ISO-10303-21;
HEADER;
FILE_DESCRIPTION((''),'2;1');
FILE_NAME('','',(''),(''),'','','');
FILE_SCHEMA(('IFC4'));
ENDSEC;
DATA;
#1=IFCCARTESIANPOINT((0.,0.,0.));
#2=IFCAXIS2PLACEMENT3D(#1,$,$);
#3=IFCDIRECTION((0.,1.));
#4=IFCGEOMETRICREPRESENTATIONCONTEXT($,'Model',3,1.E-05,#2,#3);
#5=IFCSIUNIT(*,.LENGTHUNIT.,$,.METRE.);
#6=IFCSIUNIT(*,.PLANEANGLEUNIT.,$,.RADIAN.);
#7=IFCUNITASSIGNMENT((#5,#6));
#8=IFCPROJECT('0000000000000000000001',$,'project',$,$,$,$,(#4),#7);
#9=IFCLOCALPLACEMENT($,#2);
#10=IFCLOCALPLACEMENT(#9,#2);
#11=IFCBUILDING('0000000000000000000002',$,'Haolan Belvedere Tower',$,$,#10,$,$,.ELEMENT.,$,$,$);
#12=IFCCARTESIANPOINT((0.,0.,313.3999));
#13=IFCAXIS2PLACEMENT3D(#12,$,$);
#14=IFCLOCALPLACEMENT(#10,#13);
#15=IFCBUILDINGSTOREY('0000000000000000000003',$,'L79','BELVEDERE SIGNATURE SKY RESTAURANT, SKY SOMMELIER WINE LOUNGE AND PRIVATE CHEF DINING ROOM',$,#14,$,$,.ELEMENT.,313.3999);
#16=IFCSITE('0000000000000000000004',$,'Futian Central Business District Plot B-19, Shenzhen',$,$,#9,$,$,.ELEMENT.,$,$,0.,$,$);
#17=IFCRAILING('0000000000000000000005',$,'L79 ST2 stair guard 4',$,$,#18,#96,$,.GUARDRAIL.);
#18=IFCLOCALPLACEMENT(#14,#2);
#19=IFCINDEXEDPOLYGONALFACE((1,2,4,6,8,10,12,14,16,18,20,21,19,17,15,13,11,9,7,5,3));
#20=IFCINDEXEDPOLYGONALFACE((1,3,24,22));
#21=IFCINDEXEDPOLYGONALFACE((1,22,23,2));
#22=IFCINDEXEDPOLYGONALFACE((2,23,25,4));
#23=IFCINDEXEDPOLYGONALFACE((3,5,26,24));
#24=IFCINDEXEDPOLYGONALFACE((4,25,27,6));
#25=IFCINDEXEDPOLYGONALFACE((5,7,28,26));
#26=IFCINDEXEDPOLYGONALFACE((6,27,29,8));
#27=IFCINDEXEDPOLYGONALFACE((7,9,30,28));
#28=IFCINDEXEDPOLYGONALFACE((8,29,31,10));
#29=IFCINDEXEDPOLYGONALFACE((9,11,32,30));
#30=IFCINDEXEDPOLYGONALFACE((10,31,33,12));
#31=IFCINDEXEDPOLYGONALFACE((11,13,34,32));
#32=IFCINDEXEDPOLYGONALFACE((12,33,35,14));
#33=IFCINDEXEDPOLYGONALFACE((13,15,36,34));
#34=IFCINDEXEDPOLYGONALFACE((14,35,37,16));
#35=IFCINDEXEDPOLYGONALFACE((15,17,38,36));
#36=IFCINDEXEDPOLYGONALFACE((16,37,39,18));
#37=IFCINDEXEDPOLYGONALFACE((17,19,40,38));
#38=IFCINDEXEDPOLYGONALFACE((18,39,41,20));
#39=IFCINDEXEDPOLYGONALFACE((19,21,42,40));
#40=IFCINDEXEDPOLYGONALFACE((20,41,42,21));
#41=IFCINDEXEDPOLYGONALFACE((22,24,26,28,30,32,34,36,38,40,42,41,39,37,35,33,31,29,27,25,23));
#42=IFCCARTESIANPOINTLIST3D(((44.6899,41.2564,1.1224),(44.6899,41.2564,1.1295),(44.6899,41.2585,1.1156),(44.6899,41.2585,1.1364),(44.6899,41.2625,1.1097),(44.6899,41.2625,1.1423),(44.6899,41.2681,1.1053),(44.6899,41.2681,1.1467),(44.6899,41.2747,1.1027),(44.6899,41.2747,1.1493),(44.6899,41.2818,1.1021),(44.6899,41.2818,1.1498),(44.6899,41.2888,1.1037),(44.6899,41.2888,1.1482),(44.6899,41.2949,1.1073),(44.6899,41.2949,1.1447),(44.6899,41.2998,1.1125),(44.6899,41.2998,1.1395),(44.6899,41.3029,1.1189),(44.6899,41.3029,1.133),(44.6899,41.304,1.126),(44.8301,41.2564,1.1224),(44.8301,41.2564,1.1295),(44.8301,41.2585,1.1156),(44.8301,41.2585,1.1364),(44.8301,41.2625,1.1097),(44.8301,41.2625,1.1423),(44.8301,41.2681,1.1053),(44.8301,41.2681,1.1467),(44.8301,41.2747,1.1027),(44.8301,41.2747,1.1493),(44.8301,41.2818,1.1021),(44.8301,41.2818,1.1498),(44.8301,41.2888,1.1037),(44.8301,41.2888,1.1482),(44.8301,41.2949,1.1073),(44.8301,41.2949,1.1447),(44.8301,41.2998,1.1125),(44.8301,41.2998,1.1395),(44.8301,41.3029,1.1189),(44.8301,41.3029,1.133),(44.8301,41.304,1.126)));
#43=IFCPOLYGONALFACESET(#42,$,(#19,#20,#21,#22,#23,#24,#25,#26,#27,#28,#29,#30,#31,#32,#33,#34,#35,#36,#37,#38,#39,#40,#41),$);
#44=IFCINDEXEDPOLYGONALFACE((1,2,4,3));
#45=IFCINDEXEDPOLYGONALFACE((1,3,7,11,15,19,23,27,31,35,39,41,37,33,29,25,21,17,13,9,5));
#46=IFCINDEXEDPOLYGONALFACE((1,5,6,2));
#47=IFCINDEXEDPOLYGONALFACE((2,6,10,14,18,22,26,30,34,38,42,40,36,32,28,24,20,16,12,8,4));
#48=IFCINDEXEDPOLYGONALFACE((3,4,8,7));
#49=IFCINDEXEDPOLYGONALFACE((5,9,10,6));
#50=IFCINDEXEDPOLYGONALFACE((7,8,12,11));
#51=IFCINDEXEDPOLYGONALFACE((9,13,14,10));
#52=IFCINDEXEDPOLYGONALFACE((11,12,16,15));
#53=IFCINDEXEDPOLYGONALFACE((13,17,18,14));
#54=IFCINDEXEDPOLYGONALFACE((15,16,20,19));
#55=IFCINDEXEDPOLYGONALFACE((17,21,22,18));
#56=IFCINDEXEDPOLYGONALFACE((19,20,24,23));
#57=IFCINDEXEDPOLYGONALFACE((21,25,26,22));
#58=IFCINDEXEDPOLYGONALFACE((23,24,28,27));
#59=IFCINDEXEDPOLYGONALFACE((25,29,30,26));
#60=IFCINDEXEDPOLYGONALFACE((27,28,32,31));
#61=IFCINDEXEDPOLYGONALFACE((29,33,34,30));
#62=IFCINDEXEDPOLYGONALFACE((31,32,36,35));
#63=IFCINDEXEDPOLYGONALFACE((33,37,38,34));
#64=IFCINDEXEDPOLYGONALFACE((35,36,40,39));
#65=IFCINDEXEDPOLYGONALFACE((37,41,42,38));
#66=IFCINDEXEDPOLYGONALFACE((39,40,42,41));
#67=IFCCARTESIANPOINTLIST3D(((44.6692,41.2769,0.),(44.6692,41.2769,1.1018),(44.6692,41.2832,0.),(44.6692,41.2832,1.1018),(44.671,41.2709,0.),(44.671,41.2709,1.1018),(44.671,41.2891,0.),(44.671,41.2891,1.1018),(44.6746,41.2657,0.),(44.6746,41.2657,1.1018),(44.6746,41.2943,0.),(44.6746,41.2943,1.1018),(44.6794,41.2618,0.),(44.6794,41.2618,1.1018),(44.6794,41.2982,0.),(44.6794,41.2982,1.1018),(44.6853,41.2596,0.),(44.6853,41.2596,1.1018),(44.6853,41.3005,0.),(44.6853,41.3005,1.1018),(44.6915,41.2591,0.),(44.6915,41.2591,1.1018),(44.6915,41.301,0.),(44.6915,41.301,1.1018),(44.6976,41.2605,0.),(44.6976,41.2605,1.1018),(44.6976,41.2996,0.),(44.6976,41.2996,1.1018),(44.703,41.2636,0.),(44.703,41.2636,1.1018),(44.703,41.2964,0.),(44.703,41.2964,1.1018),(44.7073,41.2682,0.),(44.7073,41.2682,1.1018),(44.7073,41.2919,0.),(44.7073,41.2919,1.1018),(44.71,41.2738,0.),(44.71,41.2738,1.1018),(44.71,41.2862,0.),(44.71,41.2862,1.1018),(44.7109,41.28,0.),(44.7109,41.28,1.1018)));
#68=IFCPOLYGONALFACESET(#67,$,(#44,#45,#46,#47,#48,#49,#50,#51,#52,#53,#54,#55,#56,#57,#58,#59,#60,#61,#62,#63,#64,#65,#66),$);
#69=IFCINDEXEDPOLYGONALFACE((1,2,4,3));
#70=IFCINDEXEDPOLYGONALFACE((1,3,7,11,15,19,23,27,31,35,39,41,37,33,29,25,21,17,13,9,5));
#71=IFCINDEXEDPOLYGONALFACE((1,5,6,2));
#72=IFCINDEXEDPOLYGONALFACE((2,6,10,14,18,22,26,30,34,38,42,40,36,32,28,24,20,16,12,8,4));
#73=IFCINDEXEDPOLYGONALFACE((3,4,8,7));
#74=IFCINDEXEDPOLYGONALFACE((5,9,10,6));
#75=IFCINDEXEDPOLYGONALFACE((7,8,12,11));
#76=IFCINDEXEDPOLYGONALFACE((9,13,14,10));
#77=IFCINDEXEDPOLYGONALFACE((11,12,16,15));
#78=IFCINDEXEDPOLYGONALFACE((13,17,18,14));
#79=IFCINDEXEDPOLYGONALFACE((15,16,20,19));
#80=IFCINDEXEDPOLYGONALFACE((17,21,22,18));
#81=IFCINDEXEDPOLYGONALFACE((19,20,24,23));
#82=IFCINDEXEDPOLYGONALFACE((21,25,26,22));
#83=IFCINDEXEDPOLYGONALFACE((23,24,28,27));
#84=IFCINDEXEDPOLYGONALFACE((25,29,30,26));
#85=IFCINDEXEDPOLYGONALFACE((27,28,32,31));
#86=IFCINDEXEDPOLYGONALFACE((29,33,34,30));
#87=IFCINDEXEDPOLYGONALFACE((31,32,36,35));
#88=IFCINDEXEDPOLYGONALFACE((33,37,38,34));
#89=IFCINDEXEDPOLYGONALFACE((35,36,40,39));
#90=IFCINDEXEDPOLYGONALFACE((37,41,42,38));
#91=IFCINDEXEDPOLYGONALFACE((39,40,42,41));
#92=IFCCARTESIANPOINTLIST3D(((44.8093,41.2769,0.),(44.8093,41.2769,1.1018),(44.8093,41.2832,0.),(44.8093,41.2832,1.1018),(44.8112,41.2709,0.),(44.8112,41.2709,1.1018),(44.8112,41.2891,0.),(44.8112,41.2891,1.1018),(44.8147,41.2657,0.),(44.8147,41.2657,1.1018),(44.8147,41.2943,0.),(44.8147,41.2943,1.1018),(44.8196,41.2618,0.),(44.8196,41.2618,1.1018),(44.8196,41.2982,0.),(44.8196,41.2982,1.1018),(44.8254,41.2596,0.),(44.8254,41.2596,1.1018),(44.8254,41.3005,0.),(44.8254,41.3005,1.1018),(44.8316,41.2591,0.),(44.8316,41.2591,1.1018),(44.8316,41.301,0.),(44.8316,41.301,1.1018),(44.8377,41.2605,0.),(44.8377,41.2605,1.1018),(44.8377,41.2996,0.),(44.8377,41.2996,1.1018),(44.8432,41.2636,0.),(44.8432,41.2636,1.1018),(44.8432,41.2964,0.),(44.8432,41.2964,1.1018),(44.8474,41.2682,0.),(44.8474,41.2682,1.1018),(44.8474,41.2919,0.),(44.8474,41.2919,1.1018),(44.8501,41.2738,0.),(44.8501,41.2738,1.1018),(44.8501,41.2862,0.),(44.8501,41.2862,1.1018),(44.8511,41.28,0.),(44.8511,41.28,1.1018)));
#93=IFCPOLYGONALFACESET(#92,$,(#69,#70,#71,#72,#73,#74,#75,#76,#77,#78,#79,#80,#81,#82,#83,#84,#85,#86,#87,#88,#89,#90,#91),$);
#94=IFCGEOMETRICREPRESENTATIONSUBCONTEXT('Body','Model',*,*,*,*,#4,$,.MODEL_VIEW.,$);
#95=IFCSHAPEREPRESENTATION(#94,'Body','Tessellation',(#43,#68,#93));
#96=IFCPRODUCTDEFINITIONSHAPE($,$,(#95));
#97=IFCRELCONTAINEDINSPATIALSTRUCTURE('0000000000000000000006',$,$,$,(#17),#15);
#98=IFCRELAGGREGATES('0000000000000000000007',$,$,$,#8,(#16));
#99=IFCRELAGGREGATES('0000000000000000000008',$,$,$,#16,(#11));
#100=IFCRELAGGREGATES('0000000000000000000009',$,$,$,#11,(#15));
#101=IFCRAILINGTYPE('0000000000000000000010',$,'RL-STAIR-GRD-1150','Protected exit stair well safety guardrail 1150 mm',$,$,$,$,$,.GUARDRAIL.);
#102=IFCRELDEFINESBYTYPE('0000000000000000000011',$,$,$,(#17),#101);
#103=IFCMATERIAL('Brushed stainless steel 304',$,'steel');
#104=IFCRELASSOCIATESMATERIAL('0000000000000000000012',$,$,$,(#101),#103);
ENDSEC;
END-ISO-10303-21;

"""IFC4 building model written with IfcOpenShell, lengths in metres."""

from ifc_helpers import new_model, si_unit, direction, frame, origin, origin_2d, place, context, subcontext, project, spatial, circle, extrude, material, type_object, element, save


model = new_model("IFC4")

# Units and contexts
model_context = context("Model", 3, precision=1e-05, world=origin(), true_north=direction((0.0, 1.0)))
body_context = subcontext(model_context, "Body", "Model", "MODEL_VIEW")
ifc_project = project(units=[si_unit("LENGTHUNIT", "METRE"), si_unit("PLANEANGLEUNIT", "RADIAN")], contexts=[model_context])

# Site, building, storey
site_placement = place(None, origin())
site = spatial("IfcSite", under=ifc_project, at=site_placement, Name="Futian Central Business District Plot B-19, Shenzhen", CompositionType="ELEMENT", RefElevation=0.0)
building_placement = place(site_placement, origin())
building = spatial("IfcBuilding", under=site, at=building_placement, Name="Haolan Belvedere Tower", CompositionType="ELEMENT")
storey_placement = place(building_placement, frame((0.0, 0.0, 313.3999)))
storey = spatial("IfcBuildingStorey", under=building, at=storey_placement, Name="L79", Description="BELVEDERE SIGNATURE SKY RESTAURANT, SKY SOMMELIER WINE LOUNGE AND PRIVATE CHEF DINING ROOM", CompositionType="ELEMENT", Elevation=313.3999)

# Railing
ifc_material_1 = material(Name="Brushed stainless steel 304", Category="steel")
railing_type_1 = type_object("IfcRailingType", Name="RL-STAIR-GRD-1150", Description="Protected exit stair well safety guardrail 1150 mm", PredefinedType="GUARDRAIL", material=ifc_material_1)
railing_1_placement = place(storey_placement, frame((44.6899, 41.28, 0.0)))
element("IfcRailing", 1, at=railing_1_placement, inside=storey, type_object=railing_type_1, Name="L79 ST2 stair guard 4", PredefinedType="GUARDRAIL", context=body_context, shape_type="SweptSolid", body=[
    extrude(circle(Radius=0.0239, at=origin_2d()), frame((0.0, 0.0, 1.126), z_axis=(1.0, 0.0, 0.0), x_axis=(0.0, 1.0, 0.0)), (0.0, 0.0, 1.0), 0.1401),
    extrude(circle(Radius=0.021, at=origin_2d()), origin(), (0.0, 0.0, 1.0), 1.1018),
    extrude(circle(Radius=0.021, at=origin_2d()), frame((0.1401, 0.0, 0.0)), (0.0, 0.0, 1.0), 1.1018),
])

save(model, "model.ifc")
